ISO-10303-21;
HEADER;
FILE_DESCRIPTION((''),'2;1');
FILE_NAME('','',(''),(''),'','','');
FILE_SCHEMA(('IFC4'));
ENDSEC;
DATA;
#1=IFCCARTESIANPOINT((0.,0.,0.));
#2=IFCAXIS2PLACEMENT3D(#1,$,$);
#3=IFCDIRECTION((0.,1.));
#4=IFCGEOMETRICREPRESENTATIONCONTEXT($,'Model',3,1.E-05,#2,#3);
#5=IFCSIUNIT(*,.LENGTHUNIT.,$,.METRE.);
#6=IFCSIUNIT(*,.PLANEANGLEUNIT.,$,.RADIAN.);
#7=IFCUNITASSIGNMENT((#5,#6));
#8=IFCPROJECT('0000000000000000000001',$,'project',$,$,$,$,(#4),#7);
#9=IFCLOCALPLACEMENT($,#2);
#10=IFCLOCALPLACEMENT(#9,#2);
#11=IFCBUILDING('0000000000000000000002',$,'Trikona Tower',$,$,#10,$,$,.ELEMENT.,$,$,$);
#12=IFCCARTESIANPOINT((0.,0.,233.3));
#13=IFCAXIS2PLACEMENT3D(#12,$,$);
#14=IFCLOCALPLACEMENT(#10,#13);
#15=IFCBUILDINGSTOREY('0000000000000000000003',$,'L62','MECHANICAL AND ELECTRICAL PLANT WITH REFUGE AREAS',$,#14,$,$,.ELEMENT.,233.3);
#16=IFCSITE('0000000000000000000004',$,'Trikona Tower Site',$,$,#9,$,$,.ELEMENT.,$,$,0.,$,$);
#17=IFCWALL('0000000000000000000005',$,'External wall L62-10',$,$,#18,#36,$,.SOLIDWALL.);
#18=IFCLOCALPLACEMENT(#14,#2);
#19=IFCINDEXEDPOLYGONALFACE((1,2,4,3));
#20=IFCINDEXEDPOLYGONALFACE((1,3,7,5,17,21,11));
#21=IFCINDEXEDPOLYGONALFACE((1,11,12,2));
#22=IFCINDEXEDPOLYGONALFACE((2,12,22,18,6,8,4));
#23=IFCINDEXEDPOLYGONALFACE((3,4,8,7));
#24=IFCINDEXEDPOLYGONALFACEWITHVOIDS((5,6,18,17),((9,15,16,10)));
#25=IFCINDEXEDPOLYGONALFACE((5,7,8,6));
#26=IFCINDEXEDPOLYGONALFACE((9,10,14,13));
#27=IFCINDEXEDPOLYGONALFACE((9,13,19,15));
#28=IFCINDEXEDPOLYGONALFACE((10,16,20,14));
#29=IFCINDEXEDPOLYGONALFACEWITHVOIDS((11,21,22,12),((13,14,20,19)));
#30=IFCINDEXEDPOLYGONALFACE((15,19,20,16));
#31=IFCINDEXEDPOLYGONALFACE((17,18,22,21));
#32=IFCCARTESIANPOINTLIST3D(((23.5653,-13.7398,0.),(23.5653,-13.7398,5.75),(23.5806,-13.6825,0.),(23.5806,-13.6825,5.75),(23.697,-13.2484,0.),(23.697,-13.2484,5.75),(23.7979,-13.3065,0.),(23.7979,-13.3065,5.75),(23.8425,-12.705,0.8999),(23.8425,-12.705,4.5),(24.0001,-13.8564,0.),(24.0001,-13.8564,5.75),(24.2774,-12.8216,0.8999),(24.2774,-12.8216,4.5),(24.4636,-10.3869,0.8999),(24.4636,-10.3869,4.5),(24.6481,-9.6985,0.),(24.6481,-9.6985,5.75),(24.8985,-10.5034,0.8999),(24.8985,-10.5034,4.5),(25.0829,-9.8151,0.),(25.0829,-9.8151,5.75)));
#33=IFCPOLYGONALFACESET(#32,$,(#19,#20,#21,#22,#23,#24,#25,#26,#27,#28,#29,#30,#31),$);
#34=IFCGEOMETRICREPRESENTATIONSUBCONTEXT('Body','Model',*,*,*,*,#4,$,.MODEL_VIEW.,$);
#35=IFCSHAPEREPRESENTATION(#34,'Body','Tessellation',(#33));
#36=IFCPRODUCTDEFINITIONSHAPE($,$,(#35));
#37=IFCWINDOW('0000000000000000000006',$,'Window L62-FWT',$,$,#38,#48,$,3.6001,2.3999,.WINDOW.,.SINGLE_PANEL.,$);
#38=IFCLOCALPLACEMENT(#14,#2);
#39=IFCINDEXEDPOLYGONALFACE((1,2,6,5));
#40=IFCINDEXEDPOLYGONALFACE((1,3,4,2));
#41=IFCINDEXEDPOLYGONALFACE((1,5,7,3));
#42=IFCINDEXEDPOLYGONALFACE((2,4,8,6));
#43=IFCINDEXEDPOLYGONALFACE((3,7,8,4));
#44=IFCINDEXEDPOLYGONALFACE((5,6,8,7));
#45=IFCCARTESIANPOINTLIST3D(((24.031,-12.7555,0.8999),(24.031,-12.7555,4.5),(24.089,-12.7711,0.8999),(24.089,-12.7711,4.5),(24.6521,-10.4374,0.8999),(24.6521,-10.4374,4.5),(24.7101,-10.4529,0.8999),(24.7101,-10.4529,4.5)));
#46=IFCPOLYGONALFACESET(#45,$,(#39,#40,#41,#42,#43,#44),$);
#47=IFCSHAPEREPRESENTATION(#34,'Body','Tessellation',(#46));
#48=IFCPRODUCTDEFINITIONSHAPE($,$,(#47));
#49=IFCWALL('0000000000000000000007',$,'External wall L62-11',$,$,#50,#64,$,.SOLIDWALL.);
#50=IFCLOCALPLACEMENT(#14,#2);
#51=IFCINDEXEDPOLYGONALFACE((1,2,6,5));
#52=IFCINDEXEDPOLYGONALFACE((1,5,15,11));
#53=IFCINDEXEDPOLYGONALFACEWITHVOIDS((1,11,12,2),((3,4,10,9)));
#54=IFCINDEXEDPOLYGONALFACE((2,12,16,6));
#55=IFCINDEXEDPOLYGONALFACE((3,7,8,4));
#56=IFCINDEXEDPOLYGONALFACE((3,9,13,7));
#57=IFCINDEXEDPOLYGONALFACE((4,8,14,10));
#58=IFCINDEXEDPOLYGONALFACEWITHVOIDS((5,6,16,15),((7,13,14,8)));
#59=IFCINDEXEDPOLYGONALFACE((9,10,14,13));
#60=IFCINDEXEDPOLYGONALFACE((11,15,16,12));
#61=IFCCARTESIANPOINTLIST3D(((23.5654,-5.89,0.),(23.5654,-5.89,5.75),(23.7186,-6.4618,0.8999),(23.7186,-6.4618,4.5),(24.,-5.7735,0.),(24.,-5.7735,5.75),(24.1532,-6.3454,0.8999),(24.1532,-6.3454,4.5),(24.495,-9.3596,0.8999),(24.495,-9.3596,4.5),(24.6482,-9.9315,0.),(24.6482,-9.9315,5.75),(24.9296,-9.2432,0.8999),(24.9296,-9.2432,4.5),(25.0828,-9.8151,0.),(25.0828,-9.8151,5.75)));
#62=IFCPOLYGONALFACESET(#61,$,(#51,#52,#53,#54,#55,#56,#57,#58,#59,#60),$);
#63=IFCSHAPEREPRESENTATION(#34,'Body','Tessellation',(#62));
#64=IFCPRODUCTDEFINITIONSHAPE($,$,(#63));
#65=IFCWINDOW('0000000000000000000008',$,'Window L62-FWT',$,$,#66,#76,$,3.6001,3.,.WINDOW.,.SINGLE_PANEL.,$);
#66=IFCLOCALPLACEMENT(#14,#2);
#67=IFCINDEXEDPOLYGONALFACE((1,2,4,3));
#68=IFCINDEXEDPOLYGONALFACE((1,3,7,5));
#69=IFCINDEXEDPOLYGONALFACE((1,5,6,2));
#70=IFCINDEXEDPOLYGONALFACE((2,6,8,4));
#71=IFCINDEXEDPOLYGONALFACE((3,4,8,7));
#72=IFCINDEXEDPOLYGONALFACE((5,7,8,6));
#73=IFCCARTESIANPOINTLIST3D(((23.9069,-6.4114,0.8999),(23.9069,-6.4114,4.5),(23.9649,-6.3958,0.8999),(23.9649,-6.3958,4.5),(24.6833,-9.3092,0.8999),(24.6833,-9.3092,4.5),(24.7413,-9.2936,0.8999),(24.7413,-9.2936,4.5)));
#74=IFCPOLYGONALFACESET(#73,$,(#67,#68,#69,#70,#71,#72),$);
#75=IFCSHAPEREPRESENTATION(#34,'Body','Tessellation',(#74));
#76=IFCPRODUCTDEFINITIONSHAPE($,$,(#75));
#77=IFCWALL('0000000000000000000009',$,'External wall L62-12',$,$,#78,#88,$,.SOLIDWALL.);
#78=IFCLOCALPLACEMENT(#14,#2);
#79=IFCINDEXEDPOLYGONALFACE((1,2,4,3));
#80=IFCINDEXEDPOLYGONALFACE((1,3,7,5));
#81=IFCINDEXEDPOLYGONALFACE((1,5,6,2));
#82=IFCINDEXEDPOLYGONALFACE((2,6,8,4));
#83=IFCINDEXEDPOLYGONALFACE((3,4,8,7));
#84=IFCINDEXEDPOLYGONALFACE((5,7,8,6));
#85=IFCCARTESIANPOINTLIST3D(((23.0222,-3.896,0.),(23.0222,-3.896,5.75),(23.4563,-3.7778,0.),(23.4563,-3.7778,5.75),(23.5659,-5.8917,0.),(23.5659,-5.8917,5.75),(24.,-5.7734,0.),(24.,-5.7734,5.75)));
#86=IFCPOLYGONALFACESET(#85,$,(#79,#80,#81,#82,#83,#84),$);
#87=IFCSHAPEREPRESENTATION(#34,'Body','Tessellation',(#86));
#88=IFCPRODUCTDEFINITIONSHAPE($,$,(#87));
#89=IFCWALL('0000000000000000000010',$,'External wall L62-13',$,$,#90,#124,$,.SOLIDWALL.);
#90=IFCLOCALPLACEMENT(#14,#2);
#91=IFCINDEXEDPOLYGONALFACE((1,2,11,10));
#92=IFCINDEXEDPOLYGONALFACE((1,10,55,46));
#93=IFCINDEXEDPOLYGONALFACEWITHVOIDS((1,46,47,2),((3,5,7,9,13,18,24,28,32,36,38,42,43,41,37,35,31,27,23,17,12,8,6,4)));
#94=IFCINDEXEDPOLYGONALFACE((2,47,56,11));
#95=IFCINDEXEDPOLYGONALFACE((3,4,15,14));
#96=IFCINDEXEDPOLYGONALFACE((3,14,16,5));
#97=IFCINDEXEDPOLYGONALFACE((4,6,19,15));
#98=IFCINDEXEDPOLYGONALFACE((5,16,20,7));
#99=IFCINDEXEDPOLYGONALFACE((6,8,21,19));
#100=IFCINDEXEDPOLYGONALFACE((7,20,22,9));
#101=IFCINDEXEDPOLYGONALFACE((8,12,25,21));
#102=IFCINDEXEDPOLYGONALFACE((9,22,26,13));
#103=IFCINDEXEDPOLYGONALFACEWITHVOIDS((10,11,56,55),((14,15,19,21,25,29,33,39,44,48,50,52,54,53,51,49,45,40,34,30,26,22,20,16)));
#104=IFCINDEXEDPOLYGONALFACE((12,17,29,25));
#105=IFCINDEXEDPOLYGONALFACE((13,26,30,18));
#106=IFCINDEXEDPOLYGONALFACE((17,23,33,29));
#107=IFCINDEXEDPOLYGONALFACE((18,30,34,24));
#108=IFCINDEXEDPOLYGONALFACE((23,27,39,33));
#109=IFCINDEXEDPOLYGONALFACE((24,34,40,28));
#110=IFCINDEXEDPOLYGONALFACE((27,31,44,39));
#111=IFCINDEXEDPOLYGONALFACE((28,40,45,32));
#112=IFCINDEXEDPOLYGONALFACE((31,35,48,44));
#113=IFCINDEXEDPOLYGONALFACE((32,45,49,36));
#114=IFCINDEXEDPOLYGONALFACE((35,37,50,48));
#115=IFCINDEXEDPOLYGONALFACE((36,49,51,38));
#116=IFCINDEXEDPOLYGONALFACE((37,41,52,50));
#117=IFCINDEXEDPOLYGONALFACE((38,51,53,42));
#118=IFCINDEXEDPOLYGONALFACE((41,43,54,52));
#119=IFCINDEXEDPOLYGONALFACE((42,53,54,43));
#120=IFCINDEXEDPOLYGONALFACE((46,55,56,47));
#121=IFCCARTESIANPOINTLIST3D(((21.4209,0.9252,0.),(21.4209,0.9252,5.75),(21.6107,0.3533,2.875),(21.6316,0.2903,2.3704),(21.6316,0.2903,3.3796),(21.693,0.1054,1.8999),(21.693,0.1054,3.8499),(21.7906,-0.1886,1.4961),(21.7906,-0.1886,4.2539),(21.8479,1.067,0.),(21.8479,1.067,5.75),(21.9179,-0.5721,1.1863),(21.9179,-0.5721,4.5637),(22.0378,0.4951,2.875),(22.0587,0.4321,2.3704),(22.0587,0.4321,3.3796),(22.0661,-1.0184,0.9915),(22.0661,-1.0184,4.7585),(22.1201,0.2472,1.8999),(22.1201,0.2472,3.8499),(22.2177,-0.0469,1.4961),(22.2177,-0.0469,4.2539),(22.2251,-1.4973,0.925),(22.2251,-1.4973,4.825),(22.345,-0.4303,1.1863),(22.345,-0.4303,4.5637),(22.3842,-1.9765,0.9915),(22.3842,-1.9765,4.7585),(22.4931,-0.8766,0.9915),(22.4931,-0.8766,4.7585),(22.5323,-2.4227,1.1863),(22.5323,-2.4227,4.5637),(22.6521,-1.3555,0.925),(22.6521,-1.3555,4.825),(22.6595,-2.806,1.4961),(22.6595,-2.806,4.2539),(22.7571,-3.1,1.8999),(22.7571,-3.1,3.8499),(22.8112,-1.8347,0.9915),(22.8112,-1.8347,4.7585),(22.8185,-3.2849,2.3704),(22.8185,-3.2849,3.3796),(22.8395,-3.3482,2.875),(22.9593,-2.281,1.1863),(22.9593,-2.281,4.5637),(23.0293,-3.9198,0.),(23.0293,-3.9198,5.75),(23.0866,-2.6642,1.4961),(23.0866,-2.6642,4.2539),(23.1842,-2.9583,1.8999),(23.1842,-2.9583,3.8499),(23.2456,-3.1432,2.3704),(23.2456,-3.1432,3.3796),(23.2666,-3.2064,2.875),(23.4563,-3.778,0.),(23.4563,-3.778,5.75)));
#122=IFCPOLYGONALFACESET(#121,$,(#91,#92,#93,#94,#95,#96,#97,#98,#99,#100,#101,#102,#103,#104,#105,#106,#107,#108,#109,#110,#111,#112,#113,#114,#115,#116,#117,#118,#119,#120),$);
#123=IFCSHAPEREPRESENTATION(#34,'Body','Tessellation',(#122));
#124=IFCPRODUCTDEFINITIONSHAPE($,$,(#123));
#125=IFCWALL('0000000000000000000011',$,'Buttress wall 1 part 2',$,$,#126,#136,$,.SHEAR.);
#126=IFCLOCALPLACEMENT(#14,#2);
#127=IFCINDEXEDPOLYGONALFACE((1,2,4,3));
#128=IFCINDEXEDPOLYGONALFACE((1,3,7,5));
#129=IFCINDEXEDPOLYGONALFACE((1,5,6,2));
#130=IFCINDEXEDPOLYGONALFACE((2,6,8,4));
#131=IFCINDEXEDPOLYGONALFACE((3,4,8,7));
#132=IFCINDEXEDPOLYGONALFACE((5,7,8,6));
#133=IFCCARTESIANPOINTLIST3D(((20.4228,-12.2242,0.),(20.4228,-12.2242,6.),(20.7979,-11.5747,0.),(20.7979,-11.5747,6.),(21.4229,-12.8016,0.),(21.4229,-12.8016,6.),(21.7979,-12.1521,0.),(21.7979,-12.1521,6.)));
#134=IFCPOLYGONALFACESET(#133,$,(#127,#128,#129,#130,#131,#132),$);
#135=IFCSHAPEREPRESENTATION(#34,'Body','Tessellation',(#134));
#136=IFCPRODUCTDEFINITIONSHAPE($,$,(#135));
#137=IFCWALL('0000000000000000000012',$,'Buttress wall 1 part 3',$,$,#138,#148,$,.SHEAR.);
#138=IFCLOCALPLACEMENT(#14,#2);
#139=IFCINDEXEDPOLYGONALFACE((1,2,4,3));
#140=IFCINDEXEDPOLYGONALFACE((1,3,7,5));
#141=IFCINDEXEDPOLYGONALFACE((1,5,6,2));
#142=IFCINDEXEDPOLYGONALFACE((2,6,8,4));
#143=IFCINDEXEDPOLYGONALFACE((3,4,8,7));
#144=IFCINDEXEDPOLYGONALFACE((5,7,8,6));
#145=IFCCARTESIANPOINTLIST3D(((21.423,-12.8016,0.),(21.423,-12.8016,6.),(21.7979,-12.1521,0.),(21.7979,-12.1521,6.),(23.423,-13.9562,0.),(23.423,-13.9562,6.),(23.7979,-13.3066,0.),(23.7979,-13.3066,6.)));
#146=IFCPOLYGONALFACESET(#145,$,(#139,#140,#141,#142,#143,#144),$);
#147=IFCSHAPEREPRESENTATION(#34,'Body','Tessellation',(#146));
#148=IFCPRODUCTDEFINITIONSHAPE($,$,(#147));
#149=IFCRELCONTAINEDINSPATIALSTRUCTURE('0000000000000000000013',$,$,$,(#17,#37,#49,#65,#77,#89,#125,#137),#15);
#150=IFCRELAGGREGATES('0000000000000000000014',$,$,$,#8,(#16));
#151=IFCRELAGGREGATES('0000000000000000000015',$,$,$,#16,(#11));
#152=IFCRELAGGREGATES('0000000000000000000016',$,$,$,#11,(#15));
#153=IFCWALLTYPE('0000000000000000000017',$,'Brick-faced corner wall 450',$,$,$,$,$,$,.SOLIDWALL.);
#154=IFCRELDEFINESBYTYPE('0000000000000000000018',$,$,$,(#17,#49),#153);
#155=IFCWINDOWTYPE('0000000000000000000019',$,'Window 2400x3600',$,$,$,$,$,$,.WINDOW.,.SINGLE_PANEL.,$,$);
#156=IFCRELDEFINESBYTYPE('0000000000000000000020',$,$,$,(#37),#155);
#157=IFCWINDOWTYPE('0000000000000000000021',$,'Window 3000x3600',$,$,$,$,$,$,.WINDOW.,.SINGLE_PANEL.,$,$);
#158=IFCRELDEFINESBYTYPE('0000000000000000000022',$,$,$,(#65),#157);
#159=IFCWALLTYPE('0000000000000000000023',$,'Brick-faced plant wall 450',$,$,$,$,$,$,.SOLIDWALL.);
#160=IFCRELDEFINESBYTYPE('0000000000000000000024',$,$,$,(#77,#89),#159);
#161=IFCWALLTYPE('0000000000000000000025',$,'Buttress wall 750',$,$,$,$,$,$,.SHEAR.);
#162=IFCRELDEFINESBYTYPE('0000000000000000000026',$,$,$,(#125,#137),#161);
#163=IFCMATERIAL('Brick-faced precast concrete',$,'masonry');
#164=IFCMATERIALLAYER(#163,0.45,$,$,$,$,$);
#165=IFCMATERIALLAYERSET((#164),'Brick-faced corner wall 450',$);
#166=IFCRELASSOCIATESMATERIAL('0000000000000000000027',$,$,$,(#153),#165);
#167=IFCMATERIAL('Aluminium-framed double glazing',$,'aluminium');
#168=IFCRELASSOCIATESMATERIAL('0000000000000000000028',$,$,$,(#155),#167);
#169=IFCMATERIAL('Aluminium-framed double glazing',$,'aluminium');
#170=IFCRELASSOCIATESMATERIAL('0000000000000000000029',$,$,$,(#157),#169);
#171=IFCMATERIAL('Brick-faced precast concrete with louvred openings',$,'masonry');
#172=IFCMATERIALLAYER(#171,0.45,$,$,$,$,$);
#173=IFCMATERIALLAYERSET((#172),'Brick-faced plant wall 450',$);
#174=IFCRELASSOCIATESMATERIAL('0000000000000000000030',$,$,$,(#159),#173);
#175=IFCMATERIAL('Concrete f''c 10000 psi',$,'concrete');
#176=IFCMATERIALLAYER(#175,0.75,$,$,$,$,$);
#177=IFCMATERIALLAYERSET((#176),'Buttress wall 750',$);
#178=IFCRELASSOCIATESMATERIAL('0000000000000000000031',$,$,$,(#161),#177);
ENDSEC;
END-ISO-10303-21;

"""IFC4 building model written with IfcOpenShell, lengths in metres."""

from ifc_helpers import new_model, si_unit, direction, frame, frame_2d, origin, place, context, subcontext, project, spatial, polyline, rectangle, outline, extrude, material, layer, layer_set, type_object, element, fill, save


model = new_model("IFC4")

# Units and contexts
model_context = context("Model", 3, precision=1e-05, world=origin(), true_north=direction((0.0, 1.0)))
body_context = subcontext(model_context, "Body", "Model", "MODEL_VIEW")
ifc_project = project(units=[si_unit("LENGTHUNIT", "METRE"), si_unit("PLANEANGLEUNIT", "RADIAN")], contexts=[model_context])

# Site, building, storey
site_placement = place(None, origin())
site = spatial("IfcSite", under=ifc_project, at=site_placement, Name="Trikona Tower Site", CompositionType="ELEMENT", RefElevation=0.0)
building_placement = place(site_placement, origin())
building = spatial("IfcBuilding", under=site, at=building_placement, Name="Trikona Tower", CompositionType="ELEMENT")
storey_placement = place(building_placement, frame((0.0, 0.0, 233.3)))
storey = spatial("IfcBuildingStorey", under=building, at=storey_placement, Name="L62", Description="MECHANICAL AND ELECTRICAL PLANT WITH REFUGE AREAS", CompositionType="ELEMENT", Elevation=233.3)

# Walls, openings, windows
ifc_material_1 = material(Name="Brick-faced precast concrete", Category="masonry")
ifc_layer_1 = layer(ifc_material_1, 0.45)
ifc_layer_set_1 = layer_set([ifc_layer_1], Name="Brick-faced corner wall 450")
wall_type_1 = type_object("IfcWallType", Name="Brick-faced corner wall 450", PredefinedType="SOLIDWALL", material=ifc_layer_set_1)
ifc_material_2 = material(Name="Aluminium-framed double glazing", Category="aluminium")
window_type_1 = type_object("IfcWindowType", Name="Window 2400x3600", PartitioningType="SINGLE_PANEL", PredefinedType="WINDOW", material=ifc_material_2)
wall_1_placement = place(storey_placement, frame((23.7827, -13.7981, 0.0), z_axis=(0.0, 0.0, 1.0), x_axis=(0.258799, 0.965931, 0.0)))
wall_1 = element("IfcWall", 1, at=wall_1_placement, inside=storey, type_object=wall_type_1, Name="External wall L62-10", PredefinedType="SOLIDWALL", context=body_context, shape_type="SweptSolid", body=[
    extrude(outline(polyline([(4.1838, 0.2251), (0.5088, 0.2251), (0.4788, 0.1125), (0.0593, 0.2251), (0.0, 0.2251), (0.0, -0.2251), (4.1838, -0.2251), (4.1838, 0.2251)])), origin(), (0.0, 0.0, 1.0), 5.75),
])
opening_1_placement = place(wall_1_placement, frame((1.0713, 0.0, 0.8999)))
opening_1 = element("IfcOpeningElement", 2, at=opening_1_placement, cuts=wall_1, PredefinedType="OPENING", context=body_context, shape_type="SweptSolid", body=[
    extrude(rectangle(XDim=2.3999, YDim=3.6001, at=frame_2d((1.2, 1.8))), frame((0.0, 0.2349, 0.0), z_axis=(0.0, -1.0, 0.0), x_axis=(1.0, 0.0, 0.0)), (0.0, 0.0, 1.0), 0.47),
])
window_1_placement = place(opening_1_placement, origin())
window_1 = element("IfcWindow", 3, at=window_1_placement, inside=storey, type_object=window_type_1, Name="Window L62-FWT", OverallHeight=3.6001, OverallWidth=2.3999, PartitioningType="SINGLE_PANEL", PredefinedType="WINDOW", context=body_context, shape_type="SweptSolid", body=[
    extrude(rectangle(XDim=2.3999, YDim=3.6001, at=frame_2d((1.2, 1.8))), frame((0.0, 0.03, 0.0), z_axis=(0.0, -1.0, 0.0), x_axis=(1.0, 0.0, 0.0)), (0.0, 0.0, 1.0), 0.0601),
])
fill(opening_1, window_1)
wall_2_placement = place(storey_placement, frame((24.8655, -9.8733, 0.0), z_axis=(0.0, 0.0, 1.0), x_axis=(-0.258785, 0.965935, 0.0)))
wall_2 = element("IfcWall", 4, at=wall_2_placement, inside=storey, type_object=wall_type_1, Name="External wall L62-11", PredefinedType="SOLIDWALL", context=body_context, shape_type="SweptSolid", body=[
    extrude(rectangle(XDim=4.1841, YDim=0.45, at=frame_2d((2.092, 0.0))), origin(), (0.0, 0.0, 1.0), 5.75),
])
opening_2_placement = place(wall_2_placement, frame((0.592, 0.0, 0.8999)))
opening_2 = element("IfcOpeningElement", 5, at=opening_2_placement, cuts=wall_2, PredefinedType="OPENING", context=body_context, shape_type="SweptSolid", body=[
    extrude(rectangle(XDim=3.0, YDim=3.6001, at=frame_2d((1.5, 1.8))), frame((0.0, 0.2349, 0.0), z_axis=(0.0, -1.0, 0.0), x_axis=(1.0, 0.0, 0.0)), (0.0, 0.0, 1.0), 0.47),
])
ifc_material_3 = material(Name="Aluminium-framed double glazing", Category="aluminium")
window_type_2 = type_object("IfcWindowType", Name="Window 3000x3600", PartitioningType="SINGLE_PANEL", PredefinedType="WINDOW", material=ifc_material_3)
window_2_placement = place(opening_2_placement, origin())
window_2 = element("IfcWindow", 6, at=window_2_placement, inside=storey, type_object=window_type_2, Name="Window L62-FWT", OverallHeight=3.6001, OverallWidth=3.0, PartitioningType="SINGLE_PANEL", PredefinedType="WINDOW", context=body_context, shape_type="SweptSolid", body=[
    extrude(rectangle(XDim=3.0, YDim=3.6001, at=frame_2d((1.5, 1.8))), frame((0.0, 0.03, 0.0), z_axis=(0.0, -1.0, 0.0), x_axis=(1.0, 0.0, 0.0)), (0.0, 0.0, 1.0), 0.0601),
])
fill(opening_2, window_2)

# Walls
ifc_material_4 = material(Name="Brick-faced precast concrete with louvred openings", Category="masonry")
ifc_layer_2 = layer(ifc_material_4, 0.45)
ifc_layer_set_2 = layer_set([ifc_layer_2], Name="Brick-faced plant wall 450")
wall_type_2 = type_object("IfcWallType", Name="Brick-faced plant wall 450", PredefinedType="SOLIDWALL", material=ifc_layer_set_2)
wall_3_placement = place(storey_placement, frame((23.783, -5.8325, 0.0), z_axis=(0.0, 0.0, 1.0), x_axis=(-0.262868, 0.964832, 0.0)))
element("IfcWall", 7, at=wall_3_placement, inside=storey, type_object=wall_type_2, Name="External wall L62-12", PredefinedType="SOLIDWALL", context=body_context, shape_type="SweptSolid", body=[
    extrude(rectangle(XDim=2.0684, YDim=0.45, at=frame_2d((1.0342, 0.0))), origin(), (0.0, 0.0, 1.0), 5.75),
])
wall_4_placement = place(storey_placement, frame((23.2429, -3.8489, 0.0), z_axis=(0.0, 0.0, 1.0), x_axis=(-0.315065, 0.94907, 0.0)))
element("IfcWall", 8, at=wall_4_placement, inside=storey, type_object=wall_type_2, Name="External wall L62-13", PredefinedType="SOLIDWALL", context=body_context, shape_type="SweptSolid", body=[
    extrude(outline(polyline([(0.0, 0.0), (5.105, 0.0), (5.105, 5.75), (0.0, 5.75), (0.0, 0.0)]), holes=[polyline([(4.5024, 2.875), (4.436, 3.3796), (4.2412, 3.8499), (3.9314, 4.2539), (3.5273, 4.5637), (3.0571, 4.7585), (2.5525, 4.825), (2.0476, 4.7585), (1.5774, 4.5637), (1.1736, 4.2539), (0.8638, 3.8499), (0.6689, 3.3796), (0.6023, 2.875), (0.6689, 2.3704), (0.8638, 1.8999), (1.1736, 1.4961), (1.5774, 1.1863), (2.0476, 0.9915), (2.5525, 0.925), (3.0571, 0.9915), (3.5273, 1.1863), (3.9314, 1.4961), (4.2412, 1.8999), (4.436, 2.3704), (4.5024, 2.875)])]), frame((0.0, 0.2251, 0.0), z_axis=(0.0, -1.0, 0.0), x_axis=(1.0, 0.0, 0.0)), (0.0, 0.0, 1.0), 0.45),
])
ifc_material_5 = material(Name="Concrete f'c 10000 psi", Category="concrete")
ifc_layer_3 = layer(ifc_material_5, 0.75)
ifc_layer_set_3 = layer_set([ifc_layer_3], Name="Buttress wall 750")
wall_type_3 = type_object("IfcWallType", Name="Buttress wall 750", PredefinedType="SHEAR", material=ifc_layer_set_3)
wall_5_placement = place(storey_placement, frame((20.6104, -11.8994, 0.0), z_axis=(0.0, 0.0, 1.0), x_axis=(0.86601, -0.500027, 0.0)))
element("IfcWall", 9, at=wall_5_placement, inside=storey, type_object=wall_type_3, Name="Buttress wall 1 part 2", PredefinedType="SHEAR", context=body_context, shape_type="SweptSolid", body=[
    extrude(rectangle(XDim=1.1548, YDim=0.75, at=frame_2d((0.5774, 0.0))), origin(), (0.0, 0.0, 1.0), 6.0),
])
wall_6_placement = place(storey_placement, frame((21.6104, -12.4768, 0.0), z_axis=(0.0, 0.0, 1.0), x_axis=(0.866055, -0.499948, 0.0)))
element("IfcWall", 10, at=wall_6_placement, inside=storey, type_object=wall_type_3, Name="Buttress wall 1 part 3", PredefinedType="SHEAR", context=body_context, shape_type="SweptSolid", body=[
    extrude(rectangle(XDim=2.3093, YDim=0.75, at=frame_2d((1.1548, 0.0))), origin(), (0.0, 0.0, 1.0), 6.0),
])

save(model, "model.ifc")
